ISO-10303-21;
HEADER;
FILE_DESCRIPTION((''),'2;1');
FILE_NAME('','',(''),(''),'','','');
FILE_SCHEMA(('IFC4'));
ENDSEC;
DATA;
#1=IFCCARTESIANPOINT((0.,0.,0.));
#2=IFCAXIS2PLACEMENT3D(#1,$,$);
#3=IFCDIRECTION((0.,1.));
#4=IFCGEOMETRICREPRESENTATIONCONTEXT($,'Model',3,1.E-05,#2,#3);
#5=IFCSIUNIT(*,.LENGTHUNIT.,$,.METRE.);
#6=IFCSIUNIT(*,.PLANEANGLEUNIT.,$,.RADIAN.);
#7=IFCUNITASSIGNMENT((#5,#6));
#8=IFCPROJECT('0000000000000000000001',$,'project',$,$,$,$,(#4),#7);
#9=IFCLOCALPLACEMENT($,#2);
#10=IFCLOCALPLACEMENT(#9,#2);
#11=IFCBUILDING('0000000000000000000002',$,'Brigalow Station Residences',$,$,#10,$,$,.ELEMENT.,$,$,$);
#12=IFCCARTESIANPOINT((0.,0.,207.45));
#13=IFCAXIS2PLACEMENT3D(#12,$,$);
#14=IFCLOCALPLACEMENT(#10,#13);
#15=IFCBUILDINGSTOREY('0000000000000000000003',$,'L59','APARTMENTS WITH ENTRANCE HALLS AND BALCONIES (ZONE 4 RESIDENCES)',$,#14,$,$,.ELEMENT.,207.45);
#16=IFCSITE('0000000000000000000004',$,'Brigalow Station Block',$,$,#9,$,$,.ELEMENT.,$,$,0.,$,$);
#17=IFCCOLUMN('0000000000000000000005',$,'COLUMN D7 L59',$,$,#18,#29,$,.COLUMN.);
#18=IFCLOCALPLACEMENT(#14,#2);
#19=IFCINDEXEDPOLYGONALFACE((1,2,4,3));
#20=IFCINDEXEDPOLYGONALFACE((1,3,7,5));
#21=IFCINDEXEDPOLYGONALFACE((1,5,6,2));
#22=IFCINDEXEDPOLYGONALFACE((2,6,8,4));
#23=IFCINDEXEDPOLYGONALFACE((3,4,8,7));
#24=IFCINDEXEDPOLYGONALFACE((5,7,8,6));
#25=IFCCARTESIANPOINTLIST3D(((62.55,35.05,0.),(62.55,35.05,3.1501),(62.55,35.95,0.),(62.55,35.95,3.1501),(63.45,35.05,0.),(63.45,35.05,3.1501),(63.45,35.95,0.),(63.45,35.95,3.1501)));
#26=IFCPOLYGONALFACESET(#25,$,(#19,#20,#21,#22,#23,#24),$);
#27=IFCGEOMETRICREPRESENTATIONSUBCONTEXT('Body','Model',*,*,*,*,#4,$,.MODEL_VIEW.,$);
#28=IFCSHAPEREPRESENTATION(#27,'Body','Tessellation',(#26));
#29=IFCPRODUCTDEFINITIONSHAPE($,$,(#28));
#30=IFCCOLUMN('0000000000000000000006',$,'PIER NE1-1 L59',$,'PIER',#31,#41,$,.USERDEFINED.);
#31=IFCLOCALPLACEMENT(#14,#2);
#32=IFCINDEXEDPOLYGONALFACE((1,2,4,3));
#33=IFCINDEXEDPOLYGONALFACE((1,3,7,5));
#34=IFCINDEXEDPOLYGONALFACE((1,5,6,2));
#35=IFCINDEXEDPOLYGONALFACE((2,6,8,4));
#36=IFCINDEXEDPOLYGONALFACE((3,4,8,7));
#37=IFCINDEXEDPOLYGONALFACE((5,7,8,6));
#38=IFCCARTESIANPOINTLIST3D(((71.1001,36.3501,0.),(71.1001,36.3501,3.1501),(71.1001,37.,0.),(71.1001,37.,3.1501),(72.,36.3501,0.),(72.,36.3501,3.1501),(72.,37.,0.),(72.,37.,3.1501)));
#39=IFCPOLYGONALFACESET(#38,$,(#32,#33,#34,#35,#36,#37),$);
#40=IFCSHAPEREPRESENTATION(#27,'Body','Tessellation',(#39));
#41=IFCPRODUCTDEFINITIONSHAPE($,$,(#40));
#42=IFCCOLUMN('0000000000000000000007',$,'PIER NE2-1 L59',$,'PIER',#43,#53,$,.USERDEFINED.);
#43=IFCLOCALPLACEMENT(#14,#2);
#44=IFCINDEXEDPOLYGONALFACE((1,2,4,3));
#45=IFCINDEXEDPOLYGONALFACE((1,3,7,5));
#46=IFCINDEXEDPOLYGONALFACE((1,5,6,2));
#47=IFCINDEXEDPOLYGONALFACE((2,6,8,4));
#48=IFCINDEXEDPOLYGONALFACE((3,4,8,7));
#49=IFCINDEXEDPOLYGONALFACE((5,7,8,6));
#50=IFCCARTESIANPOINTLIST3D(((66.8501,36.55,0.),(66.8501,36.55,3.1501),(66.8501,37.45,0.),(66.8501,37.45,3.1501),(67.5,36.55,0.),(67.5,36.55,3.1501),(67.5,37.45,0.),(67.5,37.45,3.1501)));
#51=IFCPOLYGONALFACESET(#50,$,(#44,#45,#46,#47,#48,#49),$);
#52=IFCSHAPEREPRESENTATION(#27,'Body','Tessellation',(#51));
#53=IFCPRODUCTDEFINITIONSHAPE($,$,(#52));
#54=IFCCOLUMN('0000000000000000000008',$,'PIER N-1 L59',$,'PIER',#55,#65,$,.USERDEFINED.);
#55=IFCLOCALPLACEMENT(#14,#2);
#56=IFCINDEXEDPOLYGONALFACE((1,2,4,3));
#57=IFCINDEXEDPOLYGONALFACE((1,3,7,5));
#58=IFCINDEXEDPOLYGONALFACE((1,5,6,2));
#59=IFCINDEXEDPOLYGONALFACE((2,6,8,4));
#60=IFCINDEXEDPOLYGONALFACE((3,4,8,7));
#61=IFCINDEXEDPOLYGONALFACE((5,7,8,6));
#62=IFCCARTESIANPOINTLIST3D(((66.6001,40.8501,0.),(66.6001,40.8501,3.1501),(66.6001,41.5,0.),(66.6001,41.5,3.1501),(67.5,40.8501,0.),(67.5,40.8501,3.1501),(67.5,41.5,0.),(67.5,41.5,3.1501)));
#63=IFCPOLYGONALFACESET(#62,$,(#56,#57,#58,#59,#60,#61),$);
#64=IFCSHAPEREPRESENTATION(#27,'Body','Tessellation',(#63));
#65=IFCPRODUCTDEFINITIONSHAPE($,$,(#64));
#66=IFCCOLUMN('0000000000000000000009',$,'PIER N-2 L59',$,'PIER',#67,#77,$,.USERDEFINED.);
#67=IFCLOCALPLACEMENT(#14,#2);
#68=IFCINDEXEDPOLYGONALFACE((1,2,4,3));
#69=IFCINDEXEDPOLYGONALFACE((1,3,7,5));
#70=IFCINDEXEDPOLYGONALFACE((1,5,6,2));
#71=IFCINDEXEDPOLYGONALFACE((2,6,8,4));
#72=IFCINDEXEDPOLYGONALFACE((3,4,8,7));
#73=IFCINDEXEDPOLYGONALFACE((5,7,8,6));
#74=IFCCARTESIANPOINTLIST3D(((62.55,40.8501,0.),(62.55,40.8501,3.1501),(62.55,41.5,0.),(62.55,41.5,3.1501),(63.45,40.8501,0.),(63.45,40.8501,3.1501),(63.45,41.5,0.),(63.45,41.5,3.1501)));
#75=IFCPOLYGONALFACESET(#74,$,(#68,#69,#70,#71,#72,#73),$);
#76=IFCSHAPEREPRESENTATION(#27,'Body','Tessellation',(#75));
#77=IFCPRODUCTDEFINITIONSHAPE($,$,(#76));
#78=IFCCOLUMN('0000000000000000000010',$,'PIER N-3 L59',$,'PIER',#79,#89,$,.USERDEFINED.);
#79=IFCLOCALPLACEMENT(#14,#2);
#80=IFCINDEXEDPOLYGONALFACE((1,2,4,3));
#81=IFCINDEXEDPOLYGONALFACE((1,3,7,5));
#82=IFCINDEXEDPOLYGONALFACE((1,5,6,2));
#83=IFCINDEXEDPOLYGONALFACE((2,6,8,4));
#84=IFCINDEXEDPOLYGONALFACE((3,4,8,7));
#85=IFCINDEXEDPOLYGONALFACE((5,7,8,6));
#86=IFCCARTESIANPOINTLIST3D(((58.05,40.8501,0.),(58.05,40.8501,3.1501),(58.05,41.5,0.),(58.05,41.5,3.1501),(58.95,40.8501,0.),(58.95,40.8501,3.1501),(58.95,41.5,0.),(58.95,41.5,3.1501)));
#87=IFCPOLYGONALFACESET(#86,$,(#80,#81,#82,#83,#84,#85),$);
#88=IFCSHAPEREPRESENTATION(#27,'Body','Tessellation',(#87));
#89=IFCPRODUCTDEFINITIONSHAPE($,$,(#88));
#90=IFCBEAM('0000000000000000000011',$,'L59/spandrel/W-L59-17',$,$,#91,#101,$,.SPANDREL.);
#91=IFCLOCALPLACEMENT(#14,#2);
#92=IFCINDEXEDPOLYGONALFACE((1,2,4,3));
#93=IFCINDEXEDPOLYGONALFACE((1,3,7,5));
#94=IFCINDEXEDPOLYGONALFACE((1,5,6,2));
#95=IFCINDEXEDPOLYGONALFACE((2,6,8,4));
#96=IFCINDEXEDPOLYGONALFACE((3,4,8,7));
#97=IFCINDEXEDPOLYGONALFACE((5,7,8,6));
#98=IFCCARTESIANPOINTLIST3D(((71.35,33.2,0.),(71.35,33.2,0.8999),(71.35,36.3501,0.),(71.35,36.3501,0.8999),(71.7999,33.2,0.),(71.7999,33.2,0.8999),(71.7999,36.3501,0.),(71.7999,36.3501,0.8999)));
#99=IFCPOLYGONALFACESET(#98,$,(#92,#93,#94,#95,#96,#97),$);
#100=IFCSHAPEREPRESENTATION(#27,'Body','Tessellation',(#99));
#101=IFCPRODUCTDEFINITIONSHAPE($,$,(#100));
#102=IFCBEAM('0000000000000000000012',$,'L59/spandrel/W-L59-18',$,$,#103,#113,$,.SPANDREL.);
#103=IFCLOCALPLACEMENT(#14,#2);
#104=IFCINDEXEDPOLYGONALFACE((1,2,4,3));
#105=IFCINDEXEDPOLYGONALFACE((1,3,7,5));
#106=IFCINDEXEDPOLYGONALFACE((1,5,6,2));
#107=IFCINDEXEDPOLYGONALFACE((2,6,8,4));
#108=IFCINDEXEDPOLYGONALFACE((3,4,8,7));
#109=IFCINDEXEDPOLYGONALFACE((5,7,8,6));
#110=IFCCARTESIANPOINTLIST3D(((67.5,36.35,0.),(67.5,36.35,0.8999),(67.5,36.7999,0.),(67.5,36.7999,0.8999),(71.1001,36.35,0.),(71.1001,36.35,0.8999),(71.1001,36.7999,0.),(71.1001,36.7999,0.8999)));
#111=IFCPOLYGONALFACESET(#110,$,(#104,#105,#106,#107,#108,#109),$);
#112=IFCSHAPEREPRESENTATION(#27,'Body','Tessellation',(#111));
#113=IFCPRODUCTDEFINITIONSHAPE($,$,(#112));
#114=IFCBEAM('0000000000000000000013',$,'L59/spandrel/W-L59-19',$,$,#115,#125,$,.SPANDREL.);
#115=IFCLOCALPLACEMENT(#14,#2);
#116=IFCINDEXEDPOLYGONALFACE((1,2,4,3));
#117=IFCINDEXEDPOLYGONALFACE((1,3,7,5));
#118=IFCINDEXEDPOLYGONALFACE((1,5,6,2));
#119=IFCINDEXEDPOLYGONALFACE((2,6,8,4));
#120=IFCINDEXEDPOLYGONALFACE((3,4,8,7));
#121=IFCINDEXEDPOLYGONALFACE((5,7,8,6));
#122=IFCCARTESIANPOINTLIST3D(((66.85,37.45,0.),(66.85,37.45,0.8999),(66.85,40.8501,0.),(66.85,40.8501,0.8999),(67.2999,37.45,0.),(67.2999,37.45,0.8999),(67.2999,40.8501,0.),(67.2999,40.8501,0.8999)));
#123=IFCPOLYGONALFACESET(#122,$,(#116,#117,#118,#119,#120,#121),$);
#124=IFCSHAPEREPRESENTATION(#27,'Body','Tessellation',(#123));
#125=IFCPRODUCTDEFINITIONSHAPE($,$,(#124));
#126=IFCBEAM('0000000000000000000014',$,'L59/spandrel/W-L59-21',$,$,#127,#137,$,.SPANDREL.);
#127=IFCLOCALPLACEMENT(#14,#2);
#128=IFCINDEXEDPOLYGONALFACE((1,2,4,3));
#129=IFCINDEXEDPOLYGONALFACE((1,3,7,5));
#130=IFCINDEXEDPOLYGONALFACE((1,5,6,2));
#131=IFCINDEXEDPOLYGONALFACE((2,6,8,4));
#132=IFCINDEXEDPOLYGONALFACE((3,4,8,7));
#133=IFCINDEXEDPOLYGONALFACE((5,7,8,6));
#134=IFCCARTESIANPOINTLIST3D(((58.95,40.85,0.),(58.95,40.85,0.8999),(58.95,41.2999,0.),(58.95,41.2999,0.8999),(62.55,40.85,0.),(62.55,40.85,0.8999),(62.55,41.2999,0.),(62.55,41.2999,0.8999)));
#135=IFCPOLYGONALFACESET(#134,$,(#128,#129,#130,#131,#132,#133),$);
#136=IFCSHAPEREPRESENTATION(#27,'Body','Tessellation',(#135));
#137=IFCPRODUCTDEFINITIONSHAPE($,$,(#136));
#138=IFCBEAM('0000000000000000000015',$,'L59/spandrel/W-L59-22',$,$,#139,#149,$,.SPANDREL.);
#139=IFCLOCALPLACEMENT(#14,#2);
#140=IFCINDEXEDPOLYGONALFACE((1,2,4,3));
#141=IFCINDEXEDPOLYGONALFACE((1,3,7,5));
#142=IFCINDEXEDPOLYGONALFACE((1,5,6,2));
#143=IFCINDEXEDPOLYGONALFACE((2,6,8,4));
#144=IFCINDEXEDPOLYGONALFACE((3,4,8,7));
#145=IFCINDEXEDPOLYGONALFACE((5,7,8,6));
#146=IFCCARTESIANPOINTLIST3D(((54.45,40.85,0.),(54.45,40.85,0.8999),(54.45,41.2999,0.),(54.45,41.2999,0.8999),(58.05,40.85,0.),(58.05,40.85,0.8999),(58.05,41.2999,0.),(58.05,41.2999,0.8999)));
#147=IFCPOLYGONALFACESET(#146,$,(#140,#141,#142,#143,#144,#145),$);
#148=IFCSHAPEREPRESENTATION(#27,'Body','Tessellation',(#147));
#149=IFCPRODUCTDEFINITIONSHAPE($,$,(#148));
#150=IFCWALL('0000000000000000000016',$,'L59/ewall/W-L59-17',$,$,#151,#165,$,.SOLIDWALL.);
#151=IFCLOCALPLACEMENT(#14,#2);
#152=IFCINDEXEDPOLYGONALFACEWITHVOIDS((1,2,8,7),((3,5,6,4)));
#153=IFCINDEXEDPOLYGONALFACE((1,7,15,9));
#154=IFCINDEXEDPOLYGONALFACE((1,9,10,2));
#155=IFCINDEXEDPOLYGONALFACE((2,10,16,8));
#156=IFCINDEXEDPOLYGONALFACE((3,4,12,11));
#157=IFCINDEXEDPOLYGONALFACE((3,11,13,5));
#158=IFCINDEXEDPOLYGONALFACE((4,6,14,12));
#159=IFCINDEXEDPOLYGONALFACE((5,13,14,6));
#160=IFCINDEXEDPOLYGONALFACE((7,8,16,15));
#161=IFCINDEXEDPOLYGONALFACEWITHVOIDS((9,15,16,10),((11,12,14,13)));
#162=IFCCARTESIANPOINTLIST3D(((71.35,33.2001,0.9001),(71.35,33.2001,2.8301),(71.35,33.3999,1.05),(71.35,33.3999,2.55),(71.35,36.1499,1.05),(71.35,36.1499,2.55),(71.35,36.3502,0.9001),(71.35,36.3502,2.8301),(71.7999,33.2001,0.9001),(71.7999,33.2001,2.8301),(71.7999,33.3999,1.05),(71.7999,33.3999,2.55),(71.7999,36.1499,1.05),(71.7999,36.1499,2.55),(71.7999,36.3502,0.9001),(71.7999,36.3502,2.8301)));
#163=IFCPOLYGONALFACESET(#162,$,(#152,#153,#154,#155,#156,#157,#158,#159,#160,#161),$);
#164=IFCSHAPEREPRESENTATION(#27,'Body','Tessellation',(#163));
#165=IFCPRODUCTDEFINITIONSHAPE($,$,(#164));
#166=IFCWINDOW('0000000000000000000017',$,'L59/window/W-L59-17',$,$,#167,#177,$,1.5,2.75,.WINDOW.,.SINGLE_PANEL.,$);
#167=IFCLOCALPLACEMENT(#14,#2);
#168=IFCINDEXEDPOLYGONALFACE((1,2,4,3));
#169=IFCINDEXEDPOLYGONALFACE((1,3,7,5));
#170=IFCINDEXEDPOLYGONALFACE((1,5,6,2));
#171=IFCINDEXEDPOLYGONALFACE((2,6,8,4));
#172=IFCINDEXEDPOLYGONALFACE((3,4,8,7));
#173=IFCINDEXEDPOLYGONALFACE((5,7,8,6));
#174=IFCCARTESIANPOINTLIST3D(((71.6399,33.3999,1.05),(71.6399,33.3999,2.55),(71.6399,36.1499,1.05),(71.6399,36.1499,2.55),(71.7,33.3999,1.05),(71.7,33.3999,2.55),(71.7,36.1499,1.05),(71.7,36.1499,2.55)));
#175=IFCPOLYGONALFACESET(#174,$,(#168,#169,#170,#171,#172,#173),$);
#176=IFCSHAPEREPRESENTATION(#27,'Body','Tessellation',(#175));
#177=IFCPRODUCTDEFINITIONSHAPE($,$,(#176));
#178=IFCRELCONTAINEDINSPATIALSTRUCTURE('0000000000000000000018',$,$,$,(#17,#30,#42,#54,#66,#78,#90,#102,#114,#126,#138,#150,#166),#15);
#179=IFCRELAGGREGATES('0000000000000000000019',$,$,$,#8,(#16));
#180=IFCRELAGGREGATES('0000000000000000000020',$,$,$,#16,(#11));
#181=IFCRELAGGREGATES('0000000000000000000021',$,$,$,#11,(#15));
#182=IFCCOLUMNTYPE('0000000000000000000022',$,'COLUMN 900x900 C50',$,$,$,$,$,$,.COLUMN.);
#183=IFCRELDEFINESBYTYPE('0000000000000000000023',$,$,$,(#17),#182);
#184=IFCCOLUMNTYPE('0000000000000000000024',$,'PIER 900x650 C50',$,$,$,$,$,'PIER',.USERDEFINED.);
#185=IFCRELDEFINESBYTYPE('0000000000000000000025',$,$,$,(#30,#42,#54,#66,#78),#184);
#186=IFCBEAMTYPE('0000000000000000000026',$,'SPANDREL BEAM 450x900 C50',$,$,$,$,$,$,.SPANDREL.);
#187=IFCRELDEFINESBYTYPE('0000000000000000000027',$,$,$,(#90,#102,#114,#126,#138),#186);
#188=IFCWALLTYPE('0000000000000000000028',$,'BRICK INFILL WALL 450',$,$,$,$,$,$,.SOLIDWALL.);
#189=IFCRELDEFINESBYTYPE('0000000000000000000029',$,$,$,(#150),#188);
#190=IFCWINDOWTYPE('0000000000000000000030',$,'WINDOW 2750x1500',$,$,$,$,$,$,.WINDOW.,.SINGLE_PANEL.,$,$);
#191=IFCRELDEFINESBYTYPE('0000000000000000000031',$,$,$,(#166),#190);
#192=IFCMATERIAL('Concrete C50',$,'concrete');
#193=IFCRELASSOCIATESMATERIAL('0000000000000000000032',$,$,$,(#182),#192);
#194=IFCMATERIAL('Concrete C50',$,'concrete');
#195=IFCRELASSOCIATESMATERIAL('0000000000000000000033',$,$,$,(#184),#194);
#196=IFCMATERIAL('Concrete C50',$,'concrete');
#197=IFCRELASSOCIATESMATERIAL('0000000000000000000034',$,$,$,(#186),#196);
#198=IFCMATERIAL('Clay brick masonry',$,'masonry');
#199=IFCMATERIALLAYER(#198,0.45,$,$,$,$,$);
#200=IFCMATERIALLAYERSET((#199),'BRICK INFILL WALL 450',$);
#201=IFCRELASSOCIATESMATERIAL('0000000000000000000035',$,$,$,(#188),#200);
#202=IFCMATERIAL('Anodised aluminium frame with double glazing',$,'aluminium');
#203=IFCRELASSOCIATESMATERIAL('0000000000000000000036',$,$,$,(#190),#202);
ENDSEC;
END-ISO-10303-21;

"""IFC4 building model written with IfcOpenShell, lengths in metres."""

from ifc_helpers import new_model, si_unit, direction, frame, frame_2d, origin, origin_2d, place, context, subcontext, project, spatial, rectangle, extrude, material, layer, layer_set, material_profile, profile_set, type_object, element, fill, save


model = new_model("IFC4")

# Units and contexts
model_context = context("Model", 3, precision=1e-05, world=origin(), true_north=direction((0.0, 1.0)))
body_context = subcontext(model_context, "Body", "Model", "MODEL_VIEW")
ifc_project = project(units=[si_unit("LENGTHUNIT", "METRE"), si_unit("PLANEANGLEUNIT", "RADIAN")], contexts=[model_context])

# Site, building, storey
site_placement = place(None, origin())
site = spatial("IfcSite", under=ifc_project, at=site_placement, Name="Brigalow Station Block", CompositionType="ELEMENT", RefElevation=0.0)
building_placement = place(site_placement, origin())
building = spatial("IfcBuilding", under=site, at=building_placement, Name="Brigalow Station Residences", CompositionType="ELEMENT")
storey_placement = place(building_placement, frame((0.0, 0.0, 207.45)))
storey = spatial("IfcBuildingStorey", under=building, at=storey_placement, Name="L59", Description="APARTMENTS WITH ENTRANCE HALLS AND BALCONIES (ZONE 4 RESIDENCES)", CompositionType="ELEMENT", Elevation=207.45)

# Columns
ifc_material_1 = material(Name="Concrete C50", Category="concrete")
ifc_material_profile_1 = material_profile(ifc_material_1, rectangle(XDim=0.8999, YDim=0.8999, at=origin_2d()), Name="RC900x900")
ifc_profile_set_1 = profile_set([ifc_material_profile_1], Name="Concrete C50")
column_type_1 = type_object("IfcColumnType", Name="COLUMN 900x900 C50", PredefinedType="COLUMN", material=ifc_profile_set_1)
column_placement = place(storey_placement, frame((63.0, 35.5, 0.0), z_axis=(0.0, 0.0, 1.0), x_axis=(1.0, 0.0, 0.0)))
element("IfcColumn", 1, at=column_placement, inside=storey, type_object=column_type_1, Name="COLUMN D7 L59", PredefinedType="COLUMN", context=body_context, shape_type="SweptSolid", body=[
    extrude(rectangle(XDim=0.8999, YDim=0.8999, at=origin_2d()), origin(), (0.0, 0.0, 1.0), 3.1501),
])
ifc_material_2 = material(Name="Concrete C50", Category="concrete")
ifc_material_profile_2 = material_profile(ifc_material_2, rectangle(XDim=0.8999, YDim=0.6499, at=origin_2d()), Name="RC900x650")
ifc_profile_set_2 = profile_set([ifc_material_profile_2], Name="Concrete C50")
column_type_2 = type_object("IfcColumnType", Name="PIER 900x650 C50", ElementType="PIER", PredefinedType="USERDEFINED", material=ifc_profile_set_2)
for number, where, z_axis, x_axis, name in (
    (2, (71.55, 36.675, 0.0), (0.0, 0.0, 1.0), (-1.0, 0.0, 0.0), "PIER NE1-1 L59"),
    (3, (67.175, 37.0, 0.0), (0.0, 0.0, 1.0), (0.0, 1.0, 0.0), "PIER NE2-1 L59"),
    (4, (67.05, 41.175, 0.0), (0.0, 0.0, 1.0), (-1.0, 0.0, 0.0), "PIER N-1 L59"),
    (5, (63.0, 41.175, 0.0), (0.0, 0.0, 1.0), (-1.0, 0.0, 0.0), "PIER N-2 L59"),
    (6, (58.5, 41.175, 0.0), (0.0, 0.0, 1.0), (-1.0, 0.0, 0.0), "PIER N-3 L59"),
):
    element("IfcColumn", number, at=place(storey_placement, frame(where, z_axis=z_axis, x_axis=x_axis)), inside=storey, type_object=column_type_2, Name=name, ObjectType="PIER", PredefinedType="USERDEFINED", context=body_context, shape_type="SweptSolid", body=[
        extrude(rectangle(XDim=0.8999, YDim=0.6499, at=origin_2d()), origin(), (0.0, 0.0, 1.0), 3.1501),
    ])

# Beams
ifc_material_3 = material(Name="Concrete C50", Category="concrete")
ifc_material_profile_3 = material_profile(ifc_material_3, rectangle(XDim=0.45, YDim=0.8999, at=origin_2d()), Name="RC450x900")
ifc_profile_set_3 = profile_set([ifc_material_profile_3], Name="Concrete C50")
beam_type = type_object("IfcBeamType", Name="SPANDREL BEAM 450x900 C50", PredefinedType="SPANDREL", material=ifc_profile_set_3)
beam_1_placement = place(storey_placement, frame((71.575, 33.2, 0.45), z_axis=(0.0, 1.0, 0.0), x_axis=(-1.0, 0.0, 0.0)))
element("IfcBeam", 7, at=beam_1_placement, inside=storey, type_object=beam_type, Name="L59/spandrel/W-L59-17", PredefinedType="SPANDREL", context=body_context, shape_type="SweptSolid", body=[
    extrude(rectangle(XDim=0.45, YDim=0.8999, at=origin_2d()), origin(), (0.0, 0.0, 1.0), 3.1501),
])
beam_2_placement = place(storey_placement, frame((71.1001, 36.575, 0.45), z_axis=(-1.0, 0.0, 0.0), x_axis=(0.0, -1.0, 0.0)))
element("IfcBeam", 8, at=beam_2_placement, inside=storey, type_object=beam_type, Name="L59/spandrel/W-L59-18", PredefinedType="SPANDREL", context=body_context, shape_type="SweptSolid", body=[
    extrude(rectangle(XDim=0.45, YDim=0.8999, at=origin_2d()), origin(), (0.0, 0.0, 1.0), 3.6001),
])
beam_3_placement = place(storey_placement, frame((67.075, 37.45, 0.45), z_axis=(0.0, 1.0, 0.0), x_axis=(-1.0, 0.0, 0.0)))
element("IfcBeam", 9, at=beam_3_placement, inside=storey, type_object=beam_type, Name="L59/spandrel/W-L59-19", PredefinedType="SPANDREL", context=body_context, shape_type="SweptSolid", body=[
    extrude(rectangle(XDim=0.45, YDim=0.8999, at=origin_2d()), origin(), (0.0, 0.0, 1.0), 3.4001),
])
for number, where, z_axis, x_axis, name in (
    (10, (62.55, 41.075, 0.45), (-1.0, 0.0, 0.0), (0.0, -1.0, 0.0), "L59/spandrel/W-L59-21"),
    (11, (58.05, 41.075, 0.45), (-1.0, 0.0, 0.0), (0.0, -1.0, 0.0), "L59/spandrel/W-L59-22"),
):
    element("IfcBeam", number, at=place(storey_placement, frame(where, z_axis=z_axis, x_axis=x_axis)), inside=storey, type_object=beam_type, Name=name, PredefinedType="SPANDREL", context=body_context, shape_type="SweptSolid", body=[
        extrude(rectangle(XDim=0.45, YDim=0.8999, at=origin_2d()), origin(), (0.0, 0.0, 1.0), 3.6001),
    ])

# Wall, opening, window
ifc_material_4 = material(Name="Clay brick masonry", Category="masonry")
ifc_layer_1 = layer(ifc_material_4, 0.45)
ifc_layer_set_1 = layer_set([ifc_layer_1], Name="BRICK INFILL WALL 450")
wall_type_1 = type_object("IfcWallType", Name="BRICK INFILL WALL 450", PredefinedType="SOLIDWALL", material=ifc_layer_set_1)
wall_1_placement = place(storey_placement, frame((71.575, 33.2, 0.9001), z_axis=(0.0, 0.0, 1.0), x_axis=(0.0, 1.0, 0.0)))
wall_1 = element("IfcWall", 12, at=wall_1_placement, inside=storey, type_object=wall_type_1, Name="L59/ewall/W-L59-17", PredefinedType="SOLIDWALL", context=body_context, shape_type="SweptSolid", body=[
    extrude(rectangle(XDim=3.1501, YDim=0.45, at=frame_2d((1.5752, 0.0))), origin(), (0.0, 0.0, 1.0), 1.9299),
])
opening_1_placement = place(wall_1_placement, frame((0.2, 0.0, 0.1499)))
opening_1 = element("IfcOpeningElement", 13, at=opening_1_placement, cuts=wall_1, PredefinedType="OPENING", context=body_context, shape_type="SweptSolid", body=[
    extrude(rectangle(XDim=2.75, YDim=1.5, at=frame_2d((1.375, 0.75))), frame((0.0, 0.2349, 0.0), z_axis=(0.0, -1.0, 0.0), x_axis=(1.0, 0.0, 0.0)), (0.0, 0.0, 1.0), 0.47),
])
ifc_material_5 = material(Name="Anodised aluminium frame with double glazing", Category="aluminium")
window_type_1 = type_object("IfcWindowType", Name="WINDOW 2750x1500", PartitioningType="SINGLE_PANEL", PredefinedType="WINDOW", material=ifc_material_5)
window_1_placement = place(opening_1_placement, origin())
window_1 = element("IfcWindow", 14, at=window_1_placement, inside=storey, type_object=window_type_1, Name="L59/window/W-L59-17", OverallHeight=1.5, OverallWidth=2.75, PartitioningType="SINGLE_PANEL", PredefinedType="WINDOW", context=body_context, shape_type="SweptSolid", body=[
    extrude(rectangle(XDim=2.75, YDim=1.5, at=frame_2d((1.375, 0.75))), frame((0.0, -0.0649, 0.0), z_axis=(0.0, -1.0, 0.0), x_axis=(1.0, 0.0, 0.0)), (0.0, 0.0, 1.0), 0.0601),
])
fill(opening_1, window_1)

save(model, "model.ifc")
